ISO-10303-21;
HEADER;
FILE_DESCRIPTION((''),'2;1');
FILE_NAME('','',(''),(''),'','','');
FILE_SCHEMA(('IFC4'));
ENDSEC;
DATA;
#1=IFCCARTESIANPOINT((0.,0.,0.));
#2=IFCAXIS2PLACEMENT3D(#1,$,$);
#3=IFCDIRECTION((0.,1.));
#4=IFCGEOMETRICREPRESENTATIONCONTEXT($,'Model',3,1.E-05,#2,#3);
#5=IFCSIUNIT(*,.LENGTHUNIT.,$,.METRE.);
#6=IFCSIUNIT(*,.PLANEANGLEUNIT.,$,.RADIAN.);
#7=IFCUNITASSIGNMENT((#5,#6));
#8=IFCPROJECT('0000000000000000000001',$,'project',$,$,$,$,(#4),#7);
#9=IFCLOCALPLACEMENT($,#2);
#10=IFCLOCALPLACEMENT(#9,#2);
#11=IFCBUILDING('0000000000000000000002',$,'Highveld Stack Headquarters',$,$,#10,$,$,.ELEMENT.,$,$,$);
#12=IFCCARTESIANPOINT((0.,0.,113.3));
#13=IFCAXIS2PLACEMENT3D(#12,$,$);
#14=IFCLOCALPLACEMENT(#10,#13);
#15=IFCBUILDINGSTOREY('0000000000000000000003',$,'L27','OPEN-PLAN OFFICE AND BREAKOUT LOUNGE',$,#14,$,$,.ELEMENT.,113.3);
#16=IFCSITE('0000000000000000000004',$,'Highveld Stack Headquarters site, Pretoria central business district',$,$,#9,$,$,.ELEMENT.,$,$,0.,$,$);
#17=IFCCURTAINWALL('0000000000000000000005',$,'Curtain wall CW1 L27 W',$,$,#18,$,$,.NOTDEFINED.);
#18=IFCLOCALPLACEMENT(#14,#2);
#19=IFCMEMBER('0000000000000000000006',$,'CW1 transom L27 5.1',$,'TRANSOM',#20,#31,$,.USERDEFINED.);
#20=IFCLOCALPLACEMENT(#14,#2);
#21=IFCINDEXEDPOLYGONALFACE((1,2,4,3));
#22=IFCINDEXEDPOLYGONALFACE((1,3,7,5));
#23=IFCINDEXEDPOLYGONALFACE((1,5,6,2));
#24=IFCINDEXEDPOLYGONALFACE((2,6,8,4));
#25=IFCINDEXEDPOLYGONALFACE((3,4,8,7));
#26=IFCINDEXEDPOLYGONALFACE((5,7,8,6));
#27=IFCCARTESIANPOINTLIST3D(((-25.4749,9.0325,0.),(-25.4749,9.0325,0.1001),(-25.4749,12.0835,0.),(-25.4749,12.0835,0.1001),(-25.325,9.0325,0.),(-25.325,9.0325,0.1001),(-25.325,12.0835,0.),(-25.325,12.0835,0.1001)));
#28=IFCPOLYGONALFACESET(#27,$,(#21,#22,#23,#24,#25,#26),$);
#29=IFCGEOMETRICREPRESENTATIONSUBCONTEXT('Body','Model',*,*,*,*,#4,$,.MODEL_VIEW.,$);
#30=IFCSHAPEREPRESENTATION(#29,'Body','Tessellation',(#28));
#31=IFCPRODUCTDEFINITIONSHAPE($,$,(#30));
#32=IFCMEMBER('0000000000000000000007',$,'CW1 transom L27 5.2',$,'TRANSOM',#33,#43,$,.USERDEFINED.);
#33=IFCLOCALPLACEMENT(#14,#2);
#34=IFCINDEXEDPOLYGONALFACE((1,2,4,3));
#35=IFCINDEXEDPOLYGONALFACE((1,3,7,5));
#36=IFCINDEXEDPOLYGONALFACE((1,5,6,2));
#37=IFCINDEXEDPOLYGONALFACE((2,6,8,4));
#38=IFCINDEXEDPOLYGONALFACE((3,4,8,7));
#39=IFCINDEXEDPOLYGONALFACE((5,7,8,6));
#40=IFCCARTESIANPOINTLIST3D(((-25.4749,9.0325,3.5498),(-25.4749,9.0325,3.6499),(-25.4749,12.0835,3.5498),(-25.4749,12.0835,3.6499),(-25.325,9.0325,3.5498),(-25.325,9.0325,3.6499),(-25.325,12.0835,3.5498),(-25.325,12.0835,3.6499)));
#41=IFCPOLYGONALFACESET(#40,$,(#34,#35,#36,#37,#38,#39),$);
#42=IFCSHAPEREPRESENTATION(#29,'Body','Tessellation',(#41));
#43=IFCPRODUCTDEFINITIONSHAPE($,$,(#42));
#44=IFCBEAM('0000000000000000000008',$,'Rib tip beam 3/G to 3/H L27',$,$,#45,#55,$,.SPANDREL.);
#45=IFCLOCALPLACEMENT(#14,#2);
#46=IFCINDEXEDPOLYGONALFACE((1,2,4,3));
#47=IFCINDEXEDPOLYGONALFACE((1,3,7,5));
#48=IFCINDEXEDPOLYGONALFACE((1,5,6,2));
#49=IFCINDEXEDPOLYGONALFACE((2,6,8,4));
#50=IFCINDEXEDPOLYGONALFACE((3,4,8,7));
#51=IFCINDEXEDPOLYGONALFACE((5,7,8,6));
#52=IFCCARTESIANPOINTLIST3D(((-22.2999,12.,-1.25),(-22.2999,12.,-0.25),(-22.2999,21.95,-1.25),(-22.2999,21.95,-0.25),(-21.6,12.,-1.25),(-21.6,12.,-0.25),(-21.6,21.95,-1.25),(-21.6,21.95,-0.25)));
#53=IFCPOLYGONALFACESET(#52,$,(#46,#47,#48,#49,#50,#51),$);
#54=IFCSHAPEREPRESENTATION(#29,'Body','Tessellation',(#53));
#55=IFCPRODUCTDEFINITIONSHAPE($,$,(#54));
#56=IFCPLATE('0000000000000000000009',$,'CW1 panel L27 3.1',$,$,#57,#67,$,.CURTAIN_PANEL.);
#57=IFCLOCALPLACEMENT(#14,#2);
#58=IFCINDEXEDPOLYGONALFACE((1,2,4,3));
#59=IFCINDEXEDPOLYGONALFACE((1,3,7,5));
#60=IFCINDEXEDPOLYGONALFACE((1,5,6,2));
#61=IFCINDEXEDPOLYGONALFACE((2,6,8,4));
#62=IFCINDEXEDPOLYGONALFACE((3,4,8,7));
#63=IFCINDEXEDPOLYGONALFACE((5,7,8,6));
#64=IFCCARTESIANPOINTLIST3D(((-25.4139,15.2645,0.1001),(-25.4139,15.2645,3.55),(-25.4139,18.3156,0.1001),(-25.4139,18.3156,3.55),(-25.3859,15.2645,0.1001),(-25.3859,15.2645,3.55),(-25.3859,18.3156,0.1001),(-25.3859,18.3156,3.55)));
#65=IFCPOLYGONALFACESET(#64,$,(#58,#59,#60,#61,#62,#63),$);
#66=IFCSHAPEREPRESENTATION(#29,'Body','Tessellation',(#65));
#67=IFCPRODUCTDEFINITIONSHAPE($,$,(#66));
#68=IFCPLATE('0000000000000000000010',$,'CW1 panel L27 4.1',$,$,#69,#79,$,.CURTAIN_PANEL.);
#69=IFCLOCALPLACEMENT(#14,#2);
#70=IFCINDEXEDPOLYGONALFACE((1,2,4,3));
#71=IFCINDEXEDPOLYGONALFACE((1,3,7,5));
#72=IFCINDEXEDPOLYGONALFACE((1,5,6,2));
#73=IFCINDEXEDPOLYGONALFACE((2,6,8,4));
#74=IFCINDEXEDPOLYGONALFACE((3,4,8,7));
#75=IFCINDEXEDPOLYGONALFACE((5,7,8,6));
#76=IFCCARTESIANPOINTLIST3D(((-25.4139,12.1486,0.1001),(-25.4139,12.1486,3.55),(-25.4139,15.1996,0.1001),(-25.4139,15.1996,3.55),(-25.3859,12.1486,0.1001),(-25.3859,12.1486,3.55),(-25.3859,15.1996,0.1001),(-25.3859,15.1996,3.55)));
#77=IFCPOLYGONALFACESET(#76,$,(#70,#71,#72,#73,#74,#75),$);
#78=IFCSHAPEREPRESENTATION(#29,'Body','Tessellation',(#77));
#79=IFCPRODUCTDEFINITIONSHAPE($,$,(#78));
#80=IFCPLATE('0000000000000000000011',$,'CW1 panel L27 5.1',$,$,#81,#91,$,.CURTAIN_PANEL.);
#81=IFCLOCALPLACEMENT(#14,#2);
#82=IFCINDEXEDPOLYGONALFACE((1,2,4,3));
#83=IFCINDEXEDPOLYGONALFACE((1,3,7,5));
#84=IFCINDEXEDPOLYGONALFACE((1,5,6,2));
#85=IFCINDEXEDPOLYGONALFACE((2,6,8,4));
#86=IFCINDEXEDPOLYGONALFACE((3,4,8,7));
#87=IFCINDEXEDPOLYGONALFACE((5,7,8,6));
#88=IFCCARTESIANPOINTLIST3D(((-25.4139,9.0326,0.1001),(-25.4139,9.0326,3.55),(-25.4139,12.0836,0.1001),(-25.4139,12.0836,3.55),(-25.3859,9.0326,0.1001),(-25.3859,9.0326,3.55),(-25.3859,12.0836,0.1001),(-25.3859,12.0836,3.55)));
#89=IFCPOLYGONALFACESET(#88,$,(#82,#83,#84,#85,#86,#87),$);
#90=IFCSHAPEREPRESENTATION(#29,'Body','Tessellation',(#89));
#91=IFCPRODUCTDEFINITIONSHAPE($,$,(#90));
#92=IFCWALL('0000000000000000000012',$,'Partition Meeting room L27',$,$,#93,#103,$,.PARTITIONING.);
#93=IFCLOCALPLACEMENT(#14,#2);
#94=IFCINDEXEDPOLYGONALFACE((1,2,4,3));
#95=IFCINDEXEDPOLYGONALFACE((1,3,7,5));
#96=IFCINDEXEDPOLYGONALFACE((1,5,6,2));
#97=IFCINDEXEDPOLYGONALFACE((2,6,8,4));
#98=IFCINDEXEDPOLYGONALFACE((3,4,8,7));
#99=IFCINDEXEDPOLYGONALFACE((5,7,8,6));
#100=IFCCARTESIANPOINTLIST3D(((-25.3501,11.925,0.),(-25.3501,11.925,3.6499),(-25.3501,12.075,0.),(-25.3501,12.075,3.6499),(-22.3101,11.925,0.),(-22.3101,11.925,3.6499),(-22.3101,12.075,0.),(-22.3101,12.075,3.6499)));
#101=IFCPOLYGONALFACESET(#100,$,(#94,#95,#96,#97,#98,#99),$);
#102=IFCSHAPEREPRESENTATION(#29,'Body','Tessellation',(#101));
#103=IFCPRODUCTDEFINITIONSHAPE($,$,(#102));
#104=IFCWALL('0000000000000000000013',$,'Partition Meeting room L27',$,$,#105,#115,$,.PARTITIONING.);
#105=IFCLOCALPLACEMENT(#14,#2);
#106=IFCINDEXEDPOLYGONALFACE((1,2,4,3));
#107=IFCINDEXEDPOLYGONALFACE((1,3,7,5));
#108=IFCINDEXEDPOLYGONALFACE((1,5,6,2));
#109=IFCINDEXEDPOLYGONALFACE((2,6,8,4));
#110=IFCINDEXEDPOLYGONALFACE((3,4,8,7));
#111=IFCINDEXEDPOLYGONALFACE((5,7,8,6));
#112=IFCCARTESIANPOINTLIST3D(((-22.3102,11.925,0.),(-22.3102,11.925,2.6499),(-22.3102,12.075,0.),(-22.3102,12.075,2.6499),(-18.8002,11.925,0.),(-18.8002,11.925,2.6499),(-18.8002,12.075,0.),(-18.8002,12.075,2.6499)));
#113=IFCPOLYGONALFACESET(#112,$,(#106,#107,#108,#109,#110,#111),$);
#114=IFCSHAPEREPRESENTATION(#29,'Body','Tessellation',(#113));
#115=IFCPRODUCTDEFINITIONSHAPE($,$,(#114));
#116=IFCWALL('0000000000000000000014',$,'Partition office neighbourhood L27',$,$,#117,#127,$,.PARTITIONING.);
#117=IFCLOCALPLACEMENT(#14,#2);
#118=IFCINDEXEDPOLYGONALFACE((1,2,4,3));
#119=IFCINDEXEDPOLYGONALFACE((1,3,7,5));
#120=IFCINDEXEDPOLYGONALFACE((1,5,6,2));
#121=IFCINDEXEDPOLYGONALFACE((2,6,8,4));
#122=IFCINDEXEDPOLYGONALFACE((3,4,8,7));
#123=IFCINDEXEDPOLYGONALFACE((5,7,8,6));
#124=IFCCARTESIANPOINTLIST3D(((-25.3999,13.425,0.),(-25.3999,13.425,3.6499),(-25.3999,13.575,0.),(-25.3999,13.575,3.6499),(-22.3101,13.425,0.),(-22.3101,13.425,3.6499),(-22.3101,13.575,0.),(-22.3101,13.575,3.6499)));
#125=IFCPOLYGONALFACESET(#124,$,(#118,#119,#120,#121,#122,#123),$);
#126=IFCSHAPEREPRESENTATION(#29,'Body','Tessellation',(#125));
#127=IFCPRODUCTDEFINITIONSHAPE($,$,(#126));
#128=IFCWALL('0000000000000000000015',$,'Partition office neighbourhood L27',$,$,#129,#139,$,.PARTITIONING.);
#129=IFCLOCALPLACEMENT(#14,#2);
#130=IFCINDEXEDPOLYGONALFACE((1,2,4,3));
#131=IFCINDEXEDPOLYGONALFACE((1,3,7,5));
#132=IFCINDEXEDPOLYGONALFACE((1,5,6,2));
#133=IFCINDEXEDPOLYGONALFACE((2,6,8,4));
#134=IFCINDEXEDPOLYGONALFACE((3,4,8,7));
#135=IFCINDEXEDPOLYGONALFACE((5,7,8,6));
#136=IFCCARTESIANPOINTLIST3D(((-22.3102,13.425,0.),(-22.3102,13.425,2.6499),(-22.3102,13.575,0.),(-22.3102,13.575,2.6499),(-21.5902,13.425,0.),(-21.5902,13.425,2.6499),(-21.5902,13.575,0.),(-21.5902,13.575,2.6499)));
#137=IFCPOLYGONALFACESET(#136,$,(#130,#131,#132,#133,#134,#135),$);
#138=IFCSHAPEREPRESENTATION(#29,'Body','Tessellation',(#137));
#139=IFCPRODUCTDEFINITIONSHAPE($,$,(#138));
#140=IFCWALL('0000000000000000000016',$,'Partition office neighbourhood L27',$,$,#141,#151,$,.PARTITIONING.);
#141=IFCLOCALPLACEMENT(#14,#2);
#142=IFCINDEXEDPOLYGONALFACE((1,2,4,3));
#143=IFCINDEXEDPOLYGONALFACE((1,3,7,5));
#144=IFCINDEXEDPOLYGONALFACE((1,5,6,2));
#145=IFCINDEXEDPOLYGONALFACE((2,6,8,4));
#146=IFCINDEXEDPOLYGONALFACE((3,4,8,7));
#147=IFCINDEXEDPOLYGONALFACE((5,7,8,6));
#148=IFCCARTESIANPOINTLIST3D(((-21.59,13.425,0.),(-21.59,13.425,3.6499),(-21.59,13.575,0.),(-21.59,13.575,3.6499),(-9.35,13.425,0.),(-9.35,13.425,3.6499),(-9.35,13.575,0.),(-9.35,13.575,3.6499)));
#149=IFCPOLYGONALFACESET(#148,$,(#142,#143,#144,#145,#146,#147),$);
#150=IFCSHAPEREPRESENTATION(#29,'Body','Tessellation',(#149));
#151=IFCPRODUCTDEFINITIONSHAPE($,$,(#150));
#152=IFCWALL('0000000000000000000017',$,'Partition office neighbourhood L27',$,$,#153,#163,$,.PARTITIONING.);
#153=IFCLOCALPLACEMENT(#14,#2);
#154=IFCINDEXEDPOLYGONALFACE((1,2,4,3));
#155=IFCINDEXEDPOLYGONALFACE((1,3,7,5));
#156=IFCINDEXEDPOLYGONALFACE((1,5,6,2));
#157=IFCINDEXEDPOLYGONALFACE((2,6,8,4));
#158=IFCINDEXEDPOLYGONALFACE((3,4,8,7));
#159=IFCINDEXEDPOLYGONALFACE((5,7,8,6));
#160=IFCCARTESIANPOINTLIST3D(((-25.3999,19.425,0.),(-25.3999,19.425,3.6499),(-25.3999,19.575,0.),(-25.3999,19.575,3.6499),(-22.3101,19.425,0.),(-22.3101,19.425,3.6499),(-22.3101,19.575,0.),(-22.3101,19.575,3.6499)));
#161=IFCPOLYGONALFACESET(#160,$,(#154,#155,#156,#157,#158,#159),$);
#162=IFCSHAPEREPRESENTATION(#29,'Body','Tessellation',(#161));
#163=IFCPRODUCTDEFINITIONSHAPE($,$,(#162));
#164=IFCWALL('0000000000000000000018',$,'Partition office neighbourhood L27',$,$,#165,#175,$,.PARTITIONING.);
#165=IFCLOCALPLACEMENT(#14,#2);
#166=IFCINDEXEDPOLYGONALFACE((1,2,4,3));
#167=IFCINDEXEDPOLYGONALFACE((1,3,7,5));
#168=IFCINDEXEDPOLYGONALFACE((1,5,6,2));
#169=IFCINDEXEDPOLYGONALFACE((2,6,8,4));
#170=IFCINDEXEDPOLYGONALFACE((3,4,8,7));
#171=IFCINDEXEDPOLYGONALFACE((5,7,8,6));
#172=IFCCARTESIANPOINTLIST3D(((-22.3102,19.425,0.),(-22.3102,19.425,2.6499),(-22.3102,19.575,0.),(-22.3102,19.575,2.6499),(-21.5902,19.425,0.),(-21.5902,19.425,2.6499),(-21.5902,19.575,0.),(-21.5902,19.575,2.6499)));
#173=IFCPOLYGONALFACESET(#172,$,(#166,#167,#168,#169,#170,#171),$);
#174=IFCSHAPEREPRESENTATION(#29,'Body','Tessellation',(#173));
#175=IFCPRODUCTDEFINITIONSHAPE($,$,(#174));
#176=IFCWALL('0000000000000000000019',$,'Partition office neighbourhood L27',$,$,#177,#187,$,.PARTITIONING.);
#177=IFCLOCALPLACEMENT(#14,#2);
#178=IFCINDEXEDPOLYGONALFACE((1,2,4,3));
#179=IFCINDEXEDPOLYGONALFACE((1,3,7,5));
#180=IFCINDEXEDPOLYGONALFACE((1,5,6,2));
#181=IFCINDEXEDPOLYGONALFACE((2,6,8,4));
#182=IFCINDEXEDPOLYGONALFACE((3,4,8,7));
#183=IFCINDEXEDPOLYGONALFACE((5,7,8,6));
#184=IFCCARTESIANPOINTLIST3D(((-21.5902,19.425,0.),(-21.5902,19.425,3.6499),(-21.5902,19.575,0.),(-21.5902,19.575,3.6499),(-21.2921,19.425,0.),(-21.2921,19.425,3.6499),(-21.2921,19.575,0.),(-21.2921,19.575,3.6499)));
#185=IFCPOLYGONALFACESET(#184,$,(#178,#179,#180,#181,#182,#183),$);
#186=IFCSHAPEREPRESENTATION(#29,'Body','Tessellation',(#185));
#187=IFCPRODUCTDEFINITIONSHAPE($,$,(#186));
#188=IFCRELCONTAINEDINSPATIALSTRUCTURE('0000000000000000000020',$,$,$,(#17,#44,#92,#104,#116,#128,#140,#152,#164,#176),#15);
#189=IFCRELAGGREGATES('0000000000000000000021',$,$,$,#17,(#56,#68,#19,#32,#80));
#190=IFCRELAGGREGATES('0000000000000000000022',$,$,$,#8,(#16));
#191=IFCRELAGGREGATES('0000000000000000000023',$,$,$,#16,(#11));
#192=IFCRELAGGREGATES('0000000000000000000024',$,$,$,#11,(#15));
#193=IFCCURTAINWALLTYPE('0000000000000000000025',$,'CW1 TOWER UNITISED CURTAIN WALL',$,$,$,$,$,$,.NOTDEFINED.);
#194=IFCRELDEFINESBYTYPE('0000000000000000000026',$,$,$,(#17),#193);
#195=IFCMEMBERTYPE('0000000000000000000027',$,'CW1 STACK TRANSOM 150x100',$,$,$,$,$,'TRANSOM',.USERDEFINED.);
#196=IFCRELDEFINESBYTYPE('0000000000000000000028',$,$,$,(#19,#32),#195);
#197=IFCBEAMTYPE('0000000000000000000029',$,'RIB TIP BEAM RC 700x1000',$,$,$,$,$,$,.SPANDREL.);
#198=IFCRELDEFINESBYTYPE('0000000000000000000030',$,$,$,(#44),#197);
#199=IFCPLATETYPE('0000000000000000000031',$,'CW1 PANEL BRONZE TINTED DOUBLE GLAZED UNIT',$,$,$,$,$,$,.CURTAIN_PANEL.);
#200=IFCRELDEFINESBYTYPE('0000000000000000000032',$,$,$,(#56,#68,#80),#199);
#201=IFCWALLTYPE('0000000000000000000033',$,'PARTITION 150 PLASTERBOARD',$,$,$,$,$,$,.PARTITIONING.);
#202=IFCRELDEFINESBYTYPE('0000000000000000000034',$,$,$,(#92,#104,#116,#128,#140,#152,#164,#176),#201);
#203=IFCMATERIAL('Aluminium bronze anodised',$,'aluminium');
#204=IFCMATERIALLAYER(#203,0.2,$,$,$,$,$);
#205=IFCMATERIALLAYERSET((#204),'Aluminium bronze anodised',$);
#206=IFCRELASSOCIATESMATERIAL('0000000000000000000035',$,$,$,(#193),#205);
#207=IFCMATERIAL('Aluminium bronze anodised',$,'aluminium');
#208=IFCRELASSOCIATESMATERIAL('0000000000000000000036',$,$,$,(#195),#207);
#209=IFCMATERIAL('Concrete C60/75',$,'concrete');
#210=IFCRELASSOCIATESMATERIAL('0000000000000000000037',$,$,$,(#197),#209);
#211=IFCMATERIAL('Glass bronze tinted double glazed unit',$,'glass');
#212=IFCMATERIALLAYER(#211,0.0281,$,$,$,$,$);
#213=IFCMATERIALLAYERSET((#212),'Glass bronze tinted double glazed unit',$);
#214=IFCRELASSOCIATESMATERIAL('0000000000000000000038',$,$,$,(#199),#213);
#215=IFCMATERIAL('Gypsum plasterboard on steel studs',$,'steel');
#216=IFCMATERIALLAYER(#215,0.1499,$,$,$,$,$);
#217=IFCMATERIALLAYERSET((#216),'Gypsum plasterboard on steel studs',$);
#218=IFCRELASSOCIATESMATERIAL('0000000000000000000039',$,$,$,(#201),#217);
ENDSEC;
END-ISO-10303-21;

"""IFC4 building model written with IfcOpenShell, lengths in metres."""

from ifc_helpers import new_model, si_unit, direction, frame, frame_2d, origin, origin_2d, place, context, subcontext, project, spatial, rectangle, extrude, material, layer, layer_set, material_profile, profile_set, type_object, element, aggregate, save


model = new_model("IFC4")

# Units and contexts
model_context = context("Model", 3, precision=1e-05, world=origin(), true_north=direction((0.0, 1.0)))
body_context = subcontext(model_context, "Body", "Model", "MODEL_VIEW")
ifc_project = project(units=[si_unit("LENGTHUNIT", "METRE"), si_unit("PLANEANGLEUNIT", "RADIAN")], contexts=[model_context])

# Site, building, storey
site_placement = place(None, origin())
site = spatial("IfcSite", under=ifc_project, at=site_placement, Name="Highveld Stack Headquarters site, Pretoria central business district", CompositionType="ELEMENT", RefElevation=0.0)
building_placement = place(site_placement, origin())
building = spatial("IfcBuilding", under=site, at=building_placement, Name="Highveld Stack Headquarters", CompositionType="ELEMENT")
storey_placement = place(building_placement, frame((0.0, 0.0, 113.3)))
storey = spatial("IfcBuildingStorey", under=building, at=storey_placement, Name="L27", Description="OPEN-PLAN OFFICE AND BREAKOUT LOUNGE", CompositionType="ELEMENT", Elevation=113.3)

# Curtain wall, members
ifc_material_1 = material(Name="Aluminium bronze anodised", Category="aluminium")
ifc_layer_1 = layer(ifc_material_1, 0.2)
ifc_layer_set_1 = layer_set([ifc_layer_1], Name="Aluminium bronze anodised")
curtain_wall_type = type_object("IfcCurtainWallType", Name="CW1 TOWER UNITISED CURTAIN WALL", PredefinedType="NOTDEFINED", material=ifc_layer_set_1)
curtain_wall_placement = place(storey_placement, origin())
curtain_wall = element("IfcCurtainWall", 1, at=curtain_wall_placement, inside=storey, type_object=curtain_wall_type, Name="Curtain wall CW1 L27 W", PredefinedType="NOTDEFINED")
ifc_material_2 = material(Name="Aluminium bronze anodised", Category="aluminium")
ifc_material_profile_1 = material_profile(ifc_material_2, rectangle(XDim=0.1499, YDim=0.1001, at=origin_2d()), Name="CW1 TRANSOM 150x100")
ifc_profile_set_1 = profile_set([ifc_material_profile_1], Name="Aluminium bronze anodised")
member_type_1 = type_object("IfcMemberType", Name="CW1 STACK TRANSOM 150x100", ElementType="TRANSOM", PredefinedType="USERDEFINED", material=ifc_profile_set_1)
member_1_placement = place(storey_placement, frame((-25.3999, 12.0835, 0.05), z_axis=(0.0, -1.0, 0.0), x_axis=(1.0, 0.0, 0.0)))
member_1 = element("IfcMember", 2, at=member_1_placement, type_object=member_type_1, Name="CW1 transom L27 5.1", ObjectType="TRANSOM", PredefinedType="USERDEFINED", context=body_context, shape_type="SweptSolid", body=[
    extrude(rectangle(XDim=0.1499, YDim=0.1001, at=origin_2d()), origin(), (0.0, 0.0, 1.0), 3.051),
])
member_2_placement = place(storey_placement, frame((-25.3999, 12.0835, 3.5999), z_axis=(0.0, -1.0, 0.0), x_axis=(1.0, 0.0, 0.0)))
member_2 = element("IfcMember", 3, at=member_2_placement, type_object=member_type_1, Name="CW1 transom L27 5.2", ObjectType="TRANSOM", PredefinedType="USERDEFINED", context=body_context, shape_type="SweptSolid", body=[
    extrude(rectangle(XDim=0.1499, YDim=0.1001, at=origin_2d()), origin(), (0.0, 0.0, 1.0), 3.051),
])

# Beam
ifc_material_3 = material(Name="Concrete C60/75", Category="concrete")
ifc_material_profile_2 = material_profile(ifc_material_3, rectangle(XDim=0.7, YDim=1.0, at=origin_2d()), Name="RC 700x1000")
ifc_profile_set_2 = profile_set([ifc_material_profile_2], Name="Concrete C60/75")
beam_type_1 = type_object("IfcBeamType", Name="RIB TIP BEAM RC 700x1000", PredefinedType="SPANDREL", material=ifc_profile_set_2)
beam_1_placement = place(storey_placement, frame((-21.95, 12.0, -0.75), z_axis=(0.0, 1.0, 0.0), x_axis=(-1.0, 0.0, 0.0)))
element("IfcBeam", 4, at=beam_1_placement, inside=storey, type_object=beam_type_1, Name="Rib tip beam 3/G to 3/H L27", PredefinedType="SPANDREL", context=body_context, shape_type="SweptSolid", body=[
    extrude(rectangle(XDim=0.7, YDim=1.0, at=origin_2d()), origin(), (0.0, 0.0, 1.0), 9.95),
])

# Plates
ifc_material_4 = material(Name="Glass bronze tinted double glazed unit", Category="glass")
ifc_layer_2 = layer(ifc_material_4, 0.0281)
ifc_layer_set_2 = layer_set([ifc_layer_2], Name="Glass bronze tinted double glazed unit")
plate_type = type_object("IfcPlateType", Name="CW1 PANEL BRONZE TINTED DOUBLE GLAZED UNIT", PredefinedType="CURTAIN_PANEL", material=ifc_layer_set_2)
plate_1_placement = place(storey_placement, frame((-25.3999, 16.79, 0.1001), z_axis=(0.0, 0.0, 1.0), x_axis=(0.0, -1.0, 0.0)))
plate_1 = element("IfcPlate", 5, at=plate_1_placement, type_object=plate_type, Name="CW1 panel L27 3.1", PredefinedType="CURTAIN_PANEL", context=body_context, shape_type="SweptSolid", body=[
    extrude(rectangle(XDim=3.051, YDim=0.0281, at=origin_2d()), origin(), (0.0, 0.0, 1.0), 3.45),
])
plate_2_placement = place(storey_placement, frame((-25.3999, 13.6741, 0.1001), z_axis=(0.0, 0.0, 1.0), x_axis=(0.0, -1.0, 0.0)))
plate_2 = element("IfcPlate", 6, at=plate_2_placement, type_object=plate_type, Name="CW1 panel L27 4.1", PredefinedType="CURTAIN_PANEL", context=body_context, shape_type="SweptSolid", body=[
    extrude(rectangle(XDim=3.051, YDim=0.0281, at=origin_2d()), origin(), (0.0, 0.0, 1.0), 3.45),
])
plate_3_placement = place(storey_placement, frame((-25.3999, 10.5581, 0.1001), z_axis=(0.0, 0.0, 1.0), x_axis=(0.0, -1.0, 0.0)))
plate_3 = element("IfcPlate", 7, at=plate_3_placement, type_object=plate_type, Name="CW1 panel L27 5.1", PredefinedType="CURTAIN_PANEL", context=body_context, shape_type="SweptSolid", body=[
    extrude(rectangle(XDim=3.051, YDim=0.0281, at=origin_2d()), origin(), (0.0, 0.0, 1.0), 3.45),
])
aggregate(curtain_wall, [plate_1, plate_2, member_1, member_2, plate_3])

# Walls
ifc_material_5 = material(Name="Gypsum plasterboard on steel studs", Category="steel")
ifc_layer_3 = layer(ifc_material_5, 0.1499)
ifc_layer_set_3 = layer_set([ifc_layer_3], Name="Gypsum plasterboard on steel studs")
wall_type = type_object("IfcWallType", Name="PARTITION 150 PLASTERBOARD", PredefinedType="PARTITIONING", material=ifc_layer_set_3)
wall_1_placement = place(storey_placement, frame((-25.3501, 12.0, 0.0), z_axis=(0.0, 0.0, 1.0), x_axis=(1.0, 0.0, 0.0)))
element("IfcWall", 8, at=wall_1_placement, inside=storey, type_object=wall_type, Name="Partition Meeting room L27", PredefinedType="PARTITIONING", context=body_context, shape_type="SweptSolid", body=[
    extrude(rectangle(XDim=3.04, YDim=0.1499, at=frame_2d((1.52, 0.0))), origin(), (0.0, 0.0, 1.0), 3.6499),
])
wall_2_placement = place(storey_placement, frame((-22.3101, 12.0, 0.0), z_axis=(0.0, 0.0, 1.0), x_axis=(1.0, 0.0, 0.0)))
element("IfcWall", 9, at=wall_2_placement, inside=storey, type_object=wall_type, Name="Partition Meeting room L27", PredefinedType="PARTITIONING", context=body_context, shape_type="SweptSolid", body=[
    extrude(rectangle(XDim=3.51, YDim=0.1499, at=frame_2d((1.7549, 0.0))), origin(), (0.0, 0.0, 1.0), 2.6499),
])
wall_3_placement = place(storey_placement, frame((-25.3999, 13.5, 0.0), z_axis=(0.0, 0.0, 1.0), x_axis=(1.0, 0.0, 0.0)))
element("IfcWall", 10, at=wall_3_placement, inside=storey, type_object=wall_type, Name="Partition office neighbourhood L27", PredefinedType="PARTITIONING", context=body_context, shape_type="SweptSolid", body=[
    extrude(rectangle(XDim=3.0898, YDim=0.1499, at=frame_2d((1.5449, 0.0))), origin(), (0.0, 0.0, 1.0), 3.6499),
])
wall_4_placement = place(storey_placement, frame((-22.3101, 13.5, 0.0), z_axis=(0.0, 0.0, 1.0), x_axis=(1.0, 0.0, 0.0)))
element("IfcWall", 11, at=wall_4_placement, inside=storey, type_object=wall_type, Name="Partition office neighbourhood L27", PredefinedType="PARTITIONING", context=body_context, shape_type="SweptSolid", body=[
    extrude(rectangle(XDim=0.72, YDim=0.1499, at=frame_2d((0.3599, 0.0))), origin(), (0.0, 0.0, 1.0), 2.6499),
])
wall_5_placement = place(storey_placement, frame((-21.5901, 13.5, 0.0), z_axis=(0.0, 0.0, 1.0), x_axis=(1.0, 0.0, 0.0)))
element("IfcWall", 12, at=wall_5_placement, inside=storey, type_object=wall_type, Name="Partition office neighbourhood L27", PredefinedType="PARTITIONING", context=body_context, shape_type="SweptSolid", body=[
    extrude(rectangle(XDim=12.24, YDim=0.1499, at=frame_2d((6.1201, 0.0))), origin(), (0.0, 0.0, 1.0), 3.6499),
])
wall_6_placement = place(storey_placement, frame((-25.3999, 19.5, 0.0), z_axis=(0.0, 0.0, 1.0), x_axis=(1.0, 0.0, 0.0)))
element("IfcWall", 13, at=wall_6_placement, inside=storey, type_object=wall_type, Name="Partition office neighbourhood L27", PredefinedType="PARTITIONING", context=body_context, shape_type="SweptSolid", body=[
    extrude(rectangle(XDim=3.0898, YDim=0.1499, at=frame_2d((1.5449, 0.0))), origin(), (0.0, 0.0, 1.0), 3.6499),
])
wall_7_placement = place(storey_placement, frame((-22.3101, 19.5, 0.0), z_axis=(0.0, 0.0, 1.0), x_axis=(1.0, 0.0, 0.0)))
element("IfcWall", 14, at=wall_7_placement, inside=storey, type_object=wall_type, Name="Partition office neighbourhood L27", PredefinedType="PARTITIONING", context=body_context, shape_type="SweptSolid", body=[
    extrude(rectangle(XDim=0.72, YDim=0.1499, at=frame_2d((0.3599, 0.0))), origin(), (0.0, 0.0, 1.0), 2.6499),
])
wall_8_placement = place(storey_placement, frame((-21.5901, 19.5, 0.0), z_axis=(0.0, 0.0, 1.0), x_axis=(1.0, 0.0, 0.0)))
element("IfcWall", 15, at=wall_8_placement, inside=storey, type_object=wall_type, Name="Partition office neighbourhood L27", PredefinedType="PARTITIONING", context=body_context, shape_type="SweptSolid", body=[
    extrude(rectangle(XDim=0.2981, YDim=0.1499, at=frame_2d((0.1489, 0.0))), origin(), (0.0, 0.0, 1.0), 3.6499),
])

save(model, "model.ifc")
